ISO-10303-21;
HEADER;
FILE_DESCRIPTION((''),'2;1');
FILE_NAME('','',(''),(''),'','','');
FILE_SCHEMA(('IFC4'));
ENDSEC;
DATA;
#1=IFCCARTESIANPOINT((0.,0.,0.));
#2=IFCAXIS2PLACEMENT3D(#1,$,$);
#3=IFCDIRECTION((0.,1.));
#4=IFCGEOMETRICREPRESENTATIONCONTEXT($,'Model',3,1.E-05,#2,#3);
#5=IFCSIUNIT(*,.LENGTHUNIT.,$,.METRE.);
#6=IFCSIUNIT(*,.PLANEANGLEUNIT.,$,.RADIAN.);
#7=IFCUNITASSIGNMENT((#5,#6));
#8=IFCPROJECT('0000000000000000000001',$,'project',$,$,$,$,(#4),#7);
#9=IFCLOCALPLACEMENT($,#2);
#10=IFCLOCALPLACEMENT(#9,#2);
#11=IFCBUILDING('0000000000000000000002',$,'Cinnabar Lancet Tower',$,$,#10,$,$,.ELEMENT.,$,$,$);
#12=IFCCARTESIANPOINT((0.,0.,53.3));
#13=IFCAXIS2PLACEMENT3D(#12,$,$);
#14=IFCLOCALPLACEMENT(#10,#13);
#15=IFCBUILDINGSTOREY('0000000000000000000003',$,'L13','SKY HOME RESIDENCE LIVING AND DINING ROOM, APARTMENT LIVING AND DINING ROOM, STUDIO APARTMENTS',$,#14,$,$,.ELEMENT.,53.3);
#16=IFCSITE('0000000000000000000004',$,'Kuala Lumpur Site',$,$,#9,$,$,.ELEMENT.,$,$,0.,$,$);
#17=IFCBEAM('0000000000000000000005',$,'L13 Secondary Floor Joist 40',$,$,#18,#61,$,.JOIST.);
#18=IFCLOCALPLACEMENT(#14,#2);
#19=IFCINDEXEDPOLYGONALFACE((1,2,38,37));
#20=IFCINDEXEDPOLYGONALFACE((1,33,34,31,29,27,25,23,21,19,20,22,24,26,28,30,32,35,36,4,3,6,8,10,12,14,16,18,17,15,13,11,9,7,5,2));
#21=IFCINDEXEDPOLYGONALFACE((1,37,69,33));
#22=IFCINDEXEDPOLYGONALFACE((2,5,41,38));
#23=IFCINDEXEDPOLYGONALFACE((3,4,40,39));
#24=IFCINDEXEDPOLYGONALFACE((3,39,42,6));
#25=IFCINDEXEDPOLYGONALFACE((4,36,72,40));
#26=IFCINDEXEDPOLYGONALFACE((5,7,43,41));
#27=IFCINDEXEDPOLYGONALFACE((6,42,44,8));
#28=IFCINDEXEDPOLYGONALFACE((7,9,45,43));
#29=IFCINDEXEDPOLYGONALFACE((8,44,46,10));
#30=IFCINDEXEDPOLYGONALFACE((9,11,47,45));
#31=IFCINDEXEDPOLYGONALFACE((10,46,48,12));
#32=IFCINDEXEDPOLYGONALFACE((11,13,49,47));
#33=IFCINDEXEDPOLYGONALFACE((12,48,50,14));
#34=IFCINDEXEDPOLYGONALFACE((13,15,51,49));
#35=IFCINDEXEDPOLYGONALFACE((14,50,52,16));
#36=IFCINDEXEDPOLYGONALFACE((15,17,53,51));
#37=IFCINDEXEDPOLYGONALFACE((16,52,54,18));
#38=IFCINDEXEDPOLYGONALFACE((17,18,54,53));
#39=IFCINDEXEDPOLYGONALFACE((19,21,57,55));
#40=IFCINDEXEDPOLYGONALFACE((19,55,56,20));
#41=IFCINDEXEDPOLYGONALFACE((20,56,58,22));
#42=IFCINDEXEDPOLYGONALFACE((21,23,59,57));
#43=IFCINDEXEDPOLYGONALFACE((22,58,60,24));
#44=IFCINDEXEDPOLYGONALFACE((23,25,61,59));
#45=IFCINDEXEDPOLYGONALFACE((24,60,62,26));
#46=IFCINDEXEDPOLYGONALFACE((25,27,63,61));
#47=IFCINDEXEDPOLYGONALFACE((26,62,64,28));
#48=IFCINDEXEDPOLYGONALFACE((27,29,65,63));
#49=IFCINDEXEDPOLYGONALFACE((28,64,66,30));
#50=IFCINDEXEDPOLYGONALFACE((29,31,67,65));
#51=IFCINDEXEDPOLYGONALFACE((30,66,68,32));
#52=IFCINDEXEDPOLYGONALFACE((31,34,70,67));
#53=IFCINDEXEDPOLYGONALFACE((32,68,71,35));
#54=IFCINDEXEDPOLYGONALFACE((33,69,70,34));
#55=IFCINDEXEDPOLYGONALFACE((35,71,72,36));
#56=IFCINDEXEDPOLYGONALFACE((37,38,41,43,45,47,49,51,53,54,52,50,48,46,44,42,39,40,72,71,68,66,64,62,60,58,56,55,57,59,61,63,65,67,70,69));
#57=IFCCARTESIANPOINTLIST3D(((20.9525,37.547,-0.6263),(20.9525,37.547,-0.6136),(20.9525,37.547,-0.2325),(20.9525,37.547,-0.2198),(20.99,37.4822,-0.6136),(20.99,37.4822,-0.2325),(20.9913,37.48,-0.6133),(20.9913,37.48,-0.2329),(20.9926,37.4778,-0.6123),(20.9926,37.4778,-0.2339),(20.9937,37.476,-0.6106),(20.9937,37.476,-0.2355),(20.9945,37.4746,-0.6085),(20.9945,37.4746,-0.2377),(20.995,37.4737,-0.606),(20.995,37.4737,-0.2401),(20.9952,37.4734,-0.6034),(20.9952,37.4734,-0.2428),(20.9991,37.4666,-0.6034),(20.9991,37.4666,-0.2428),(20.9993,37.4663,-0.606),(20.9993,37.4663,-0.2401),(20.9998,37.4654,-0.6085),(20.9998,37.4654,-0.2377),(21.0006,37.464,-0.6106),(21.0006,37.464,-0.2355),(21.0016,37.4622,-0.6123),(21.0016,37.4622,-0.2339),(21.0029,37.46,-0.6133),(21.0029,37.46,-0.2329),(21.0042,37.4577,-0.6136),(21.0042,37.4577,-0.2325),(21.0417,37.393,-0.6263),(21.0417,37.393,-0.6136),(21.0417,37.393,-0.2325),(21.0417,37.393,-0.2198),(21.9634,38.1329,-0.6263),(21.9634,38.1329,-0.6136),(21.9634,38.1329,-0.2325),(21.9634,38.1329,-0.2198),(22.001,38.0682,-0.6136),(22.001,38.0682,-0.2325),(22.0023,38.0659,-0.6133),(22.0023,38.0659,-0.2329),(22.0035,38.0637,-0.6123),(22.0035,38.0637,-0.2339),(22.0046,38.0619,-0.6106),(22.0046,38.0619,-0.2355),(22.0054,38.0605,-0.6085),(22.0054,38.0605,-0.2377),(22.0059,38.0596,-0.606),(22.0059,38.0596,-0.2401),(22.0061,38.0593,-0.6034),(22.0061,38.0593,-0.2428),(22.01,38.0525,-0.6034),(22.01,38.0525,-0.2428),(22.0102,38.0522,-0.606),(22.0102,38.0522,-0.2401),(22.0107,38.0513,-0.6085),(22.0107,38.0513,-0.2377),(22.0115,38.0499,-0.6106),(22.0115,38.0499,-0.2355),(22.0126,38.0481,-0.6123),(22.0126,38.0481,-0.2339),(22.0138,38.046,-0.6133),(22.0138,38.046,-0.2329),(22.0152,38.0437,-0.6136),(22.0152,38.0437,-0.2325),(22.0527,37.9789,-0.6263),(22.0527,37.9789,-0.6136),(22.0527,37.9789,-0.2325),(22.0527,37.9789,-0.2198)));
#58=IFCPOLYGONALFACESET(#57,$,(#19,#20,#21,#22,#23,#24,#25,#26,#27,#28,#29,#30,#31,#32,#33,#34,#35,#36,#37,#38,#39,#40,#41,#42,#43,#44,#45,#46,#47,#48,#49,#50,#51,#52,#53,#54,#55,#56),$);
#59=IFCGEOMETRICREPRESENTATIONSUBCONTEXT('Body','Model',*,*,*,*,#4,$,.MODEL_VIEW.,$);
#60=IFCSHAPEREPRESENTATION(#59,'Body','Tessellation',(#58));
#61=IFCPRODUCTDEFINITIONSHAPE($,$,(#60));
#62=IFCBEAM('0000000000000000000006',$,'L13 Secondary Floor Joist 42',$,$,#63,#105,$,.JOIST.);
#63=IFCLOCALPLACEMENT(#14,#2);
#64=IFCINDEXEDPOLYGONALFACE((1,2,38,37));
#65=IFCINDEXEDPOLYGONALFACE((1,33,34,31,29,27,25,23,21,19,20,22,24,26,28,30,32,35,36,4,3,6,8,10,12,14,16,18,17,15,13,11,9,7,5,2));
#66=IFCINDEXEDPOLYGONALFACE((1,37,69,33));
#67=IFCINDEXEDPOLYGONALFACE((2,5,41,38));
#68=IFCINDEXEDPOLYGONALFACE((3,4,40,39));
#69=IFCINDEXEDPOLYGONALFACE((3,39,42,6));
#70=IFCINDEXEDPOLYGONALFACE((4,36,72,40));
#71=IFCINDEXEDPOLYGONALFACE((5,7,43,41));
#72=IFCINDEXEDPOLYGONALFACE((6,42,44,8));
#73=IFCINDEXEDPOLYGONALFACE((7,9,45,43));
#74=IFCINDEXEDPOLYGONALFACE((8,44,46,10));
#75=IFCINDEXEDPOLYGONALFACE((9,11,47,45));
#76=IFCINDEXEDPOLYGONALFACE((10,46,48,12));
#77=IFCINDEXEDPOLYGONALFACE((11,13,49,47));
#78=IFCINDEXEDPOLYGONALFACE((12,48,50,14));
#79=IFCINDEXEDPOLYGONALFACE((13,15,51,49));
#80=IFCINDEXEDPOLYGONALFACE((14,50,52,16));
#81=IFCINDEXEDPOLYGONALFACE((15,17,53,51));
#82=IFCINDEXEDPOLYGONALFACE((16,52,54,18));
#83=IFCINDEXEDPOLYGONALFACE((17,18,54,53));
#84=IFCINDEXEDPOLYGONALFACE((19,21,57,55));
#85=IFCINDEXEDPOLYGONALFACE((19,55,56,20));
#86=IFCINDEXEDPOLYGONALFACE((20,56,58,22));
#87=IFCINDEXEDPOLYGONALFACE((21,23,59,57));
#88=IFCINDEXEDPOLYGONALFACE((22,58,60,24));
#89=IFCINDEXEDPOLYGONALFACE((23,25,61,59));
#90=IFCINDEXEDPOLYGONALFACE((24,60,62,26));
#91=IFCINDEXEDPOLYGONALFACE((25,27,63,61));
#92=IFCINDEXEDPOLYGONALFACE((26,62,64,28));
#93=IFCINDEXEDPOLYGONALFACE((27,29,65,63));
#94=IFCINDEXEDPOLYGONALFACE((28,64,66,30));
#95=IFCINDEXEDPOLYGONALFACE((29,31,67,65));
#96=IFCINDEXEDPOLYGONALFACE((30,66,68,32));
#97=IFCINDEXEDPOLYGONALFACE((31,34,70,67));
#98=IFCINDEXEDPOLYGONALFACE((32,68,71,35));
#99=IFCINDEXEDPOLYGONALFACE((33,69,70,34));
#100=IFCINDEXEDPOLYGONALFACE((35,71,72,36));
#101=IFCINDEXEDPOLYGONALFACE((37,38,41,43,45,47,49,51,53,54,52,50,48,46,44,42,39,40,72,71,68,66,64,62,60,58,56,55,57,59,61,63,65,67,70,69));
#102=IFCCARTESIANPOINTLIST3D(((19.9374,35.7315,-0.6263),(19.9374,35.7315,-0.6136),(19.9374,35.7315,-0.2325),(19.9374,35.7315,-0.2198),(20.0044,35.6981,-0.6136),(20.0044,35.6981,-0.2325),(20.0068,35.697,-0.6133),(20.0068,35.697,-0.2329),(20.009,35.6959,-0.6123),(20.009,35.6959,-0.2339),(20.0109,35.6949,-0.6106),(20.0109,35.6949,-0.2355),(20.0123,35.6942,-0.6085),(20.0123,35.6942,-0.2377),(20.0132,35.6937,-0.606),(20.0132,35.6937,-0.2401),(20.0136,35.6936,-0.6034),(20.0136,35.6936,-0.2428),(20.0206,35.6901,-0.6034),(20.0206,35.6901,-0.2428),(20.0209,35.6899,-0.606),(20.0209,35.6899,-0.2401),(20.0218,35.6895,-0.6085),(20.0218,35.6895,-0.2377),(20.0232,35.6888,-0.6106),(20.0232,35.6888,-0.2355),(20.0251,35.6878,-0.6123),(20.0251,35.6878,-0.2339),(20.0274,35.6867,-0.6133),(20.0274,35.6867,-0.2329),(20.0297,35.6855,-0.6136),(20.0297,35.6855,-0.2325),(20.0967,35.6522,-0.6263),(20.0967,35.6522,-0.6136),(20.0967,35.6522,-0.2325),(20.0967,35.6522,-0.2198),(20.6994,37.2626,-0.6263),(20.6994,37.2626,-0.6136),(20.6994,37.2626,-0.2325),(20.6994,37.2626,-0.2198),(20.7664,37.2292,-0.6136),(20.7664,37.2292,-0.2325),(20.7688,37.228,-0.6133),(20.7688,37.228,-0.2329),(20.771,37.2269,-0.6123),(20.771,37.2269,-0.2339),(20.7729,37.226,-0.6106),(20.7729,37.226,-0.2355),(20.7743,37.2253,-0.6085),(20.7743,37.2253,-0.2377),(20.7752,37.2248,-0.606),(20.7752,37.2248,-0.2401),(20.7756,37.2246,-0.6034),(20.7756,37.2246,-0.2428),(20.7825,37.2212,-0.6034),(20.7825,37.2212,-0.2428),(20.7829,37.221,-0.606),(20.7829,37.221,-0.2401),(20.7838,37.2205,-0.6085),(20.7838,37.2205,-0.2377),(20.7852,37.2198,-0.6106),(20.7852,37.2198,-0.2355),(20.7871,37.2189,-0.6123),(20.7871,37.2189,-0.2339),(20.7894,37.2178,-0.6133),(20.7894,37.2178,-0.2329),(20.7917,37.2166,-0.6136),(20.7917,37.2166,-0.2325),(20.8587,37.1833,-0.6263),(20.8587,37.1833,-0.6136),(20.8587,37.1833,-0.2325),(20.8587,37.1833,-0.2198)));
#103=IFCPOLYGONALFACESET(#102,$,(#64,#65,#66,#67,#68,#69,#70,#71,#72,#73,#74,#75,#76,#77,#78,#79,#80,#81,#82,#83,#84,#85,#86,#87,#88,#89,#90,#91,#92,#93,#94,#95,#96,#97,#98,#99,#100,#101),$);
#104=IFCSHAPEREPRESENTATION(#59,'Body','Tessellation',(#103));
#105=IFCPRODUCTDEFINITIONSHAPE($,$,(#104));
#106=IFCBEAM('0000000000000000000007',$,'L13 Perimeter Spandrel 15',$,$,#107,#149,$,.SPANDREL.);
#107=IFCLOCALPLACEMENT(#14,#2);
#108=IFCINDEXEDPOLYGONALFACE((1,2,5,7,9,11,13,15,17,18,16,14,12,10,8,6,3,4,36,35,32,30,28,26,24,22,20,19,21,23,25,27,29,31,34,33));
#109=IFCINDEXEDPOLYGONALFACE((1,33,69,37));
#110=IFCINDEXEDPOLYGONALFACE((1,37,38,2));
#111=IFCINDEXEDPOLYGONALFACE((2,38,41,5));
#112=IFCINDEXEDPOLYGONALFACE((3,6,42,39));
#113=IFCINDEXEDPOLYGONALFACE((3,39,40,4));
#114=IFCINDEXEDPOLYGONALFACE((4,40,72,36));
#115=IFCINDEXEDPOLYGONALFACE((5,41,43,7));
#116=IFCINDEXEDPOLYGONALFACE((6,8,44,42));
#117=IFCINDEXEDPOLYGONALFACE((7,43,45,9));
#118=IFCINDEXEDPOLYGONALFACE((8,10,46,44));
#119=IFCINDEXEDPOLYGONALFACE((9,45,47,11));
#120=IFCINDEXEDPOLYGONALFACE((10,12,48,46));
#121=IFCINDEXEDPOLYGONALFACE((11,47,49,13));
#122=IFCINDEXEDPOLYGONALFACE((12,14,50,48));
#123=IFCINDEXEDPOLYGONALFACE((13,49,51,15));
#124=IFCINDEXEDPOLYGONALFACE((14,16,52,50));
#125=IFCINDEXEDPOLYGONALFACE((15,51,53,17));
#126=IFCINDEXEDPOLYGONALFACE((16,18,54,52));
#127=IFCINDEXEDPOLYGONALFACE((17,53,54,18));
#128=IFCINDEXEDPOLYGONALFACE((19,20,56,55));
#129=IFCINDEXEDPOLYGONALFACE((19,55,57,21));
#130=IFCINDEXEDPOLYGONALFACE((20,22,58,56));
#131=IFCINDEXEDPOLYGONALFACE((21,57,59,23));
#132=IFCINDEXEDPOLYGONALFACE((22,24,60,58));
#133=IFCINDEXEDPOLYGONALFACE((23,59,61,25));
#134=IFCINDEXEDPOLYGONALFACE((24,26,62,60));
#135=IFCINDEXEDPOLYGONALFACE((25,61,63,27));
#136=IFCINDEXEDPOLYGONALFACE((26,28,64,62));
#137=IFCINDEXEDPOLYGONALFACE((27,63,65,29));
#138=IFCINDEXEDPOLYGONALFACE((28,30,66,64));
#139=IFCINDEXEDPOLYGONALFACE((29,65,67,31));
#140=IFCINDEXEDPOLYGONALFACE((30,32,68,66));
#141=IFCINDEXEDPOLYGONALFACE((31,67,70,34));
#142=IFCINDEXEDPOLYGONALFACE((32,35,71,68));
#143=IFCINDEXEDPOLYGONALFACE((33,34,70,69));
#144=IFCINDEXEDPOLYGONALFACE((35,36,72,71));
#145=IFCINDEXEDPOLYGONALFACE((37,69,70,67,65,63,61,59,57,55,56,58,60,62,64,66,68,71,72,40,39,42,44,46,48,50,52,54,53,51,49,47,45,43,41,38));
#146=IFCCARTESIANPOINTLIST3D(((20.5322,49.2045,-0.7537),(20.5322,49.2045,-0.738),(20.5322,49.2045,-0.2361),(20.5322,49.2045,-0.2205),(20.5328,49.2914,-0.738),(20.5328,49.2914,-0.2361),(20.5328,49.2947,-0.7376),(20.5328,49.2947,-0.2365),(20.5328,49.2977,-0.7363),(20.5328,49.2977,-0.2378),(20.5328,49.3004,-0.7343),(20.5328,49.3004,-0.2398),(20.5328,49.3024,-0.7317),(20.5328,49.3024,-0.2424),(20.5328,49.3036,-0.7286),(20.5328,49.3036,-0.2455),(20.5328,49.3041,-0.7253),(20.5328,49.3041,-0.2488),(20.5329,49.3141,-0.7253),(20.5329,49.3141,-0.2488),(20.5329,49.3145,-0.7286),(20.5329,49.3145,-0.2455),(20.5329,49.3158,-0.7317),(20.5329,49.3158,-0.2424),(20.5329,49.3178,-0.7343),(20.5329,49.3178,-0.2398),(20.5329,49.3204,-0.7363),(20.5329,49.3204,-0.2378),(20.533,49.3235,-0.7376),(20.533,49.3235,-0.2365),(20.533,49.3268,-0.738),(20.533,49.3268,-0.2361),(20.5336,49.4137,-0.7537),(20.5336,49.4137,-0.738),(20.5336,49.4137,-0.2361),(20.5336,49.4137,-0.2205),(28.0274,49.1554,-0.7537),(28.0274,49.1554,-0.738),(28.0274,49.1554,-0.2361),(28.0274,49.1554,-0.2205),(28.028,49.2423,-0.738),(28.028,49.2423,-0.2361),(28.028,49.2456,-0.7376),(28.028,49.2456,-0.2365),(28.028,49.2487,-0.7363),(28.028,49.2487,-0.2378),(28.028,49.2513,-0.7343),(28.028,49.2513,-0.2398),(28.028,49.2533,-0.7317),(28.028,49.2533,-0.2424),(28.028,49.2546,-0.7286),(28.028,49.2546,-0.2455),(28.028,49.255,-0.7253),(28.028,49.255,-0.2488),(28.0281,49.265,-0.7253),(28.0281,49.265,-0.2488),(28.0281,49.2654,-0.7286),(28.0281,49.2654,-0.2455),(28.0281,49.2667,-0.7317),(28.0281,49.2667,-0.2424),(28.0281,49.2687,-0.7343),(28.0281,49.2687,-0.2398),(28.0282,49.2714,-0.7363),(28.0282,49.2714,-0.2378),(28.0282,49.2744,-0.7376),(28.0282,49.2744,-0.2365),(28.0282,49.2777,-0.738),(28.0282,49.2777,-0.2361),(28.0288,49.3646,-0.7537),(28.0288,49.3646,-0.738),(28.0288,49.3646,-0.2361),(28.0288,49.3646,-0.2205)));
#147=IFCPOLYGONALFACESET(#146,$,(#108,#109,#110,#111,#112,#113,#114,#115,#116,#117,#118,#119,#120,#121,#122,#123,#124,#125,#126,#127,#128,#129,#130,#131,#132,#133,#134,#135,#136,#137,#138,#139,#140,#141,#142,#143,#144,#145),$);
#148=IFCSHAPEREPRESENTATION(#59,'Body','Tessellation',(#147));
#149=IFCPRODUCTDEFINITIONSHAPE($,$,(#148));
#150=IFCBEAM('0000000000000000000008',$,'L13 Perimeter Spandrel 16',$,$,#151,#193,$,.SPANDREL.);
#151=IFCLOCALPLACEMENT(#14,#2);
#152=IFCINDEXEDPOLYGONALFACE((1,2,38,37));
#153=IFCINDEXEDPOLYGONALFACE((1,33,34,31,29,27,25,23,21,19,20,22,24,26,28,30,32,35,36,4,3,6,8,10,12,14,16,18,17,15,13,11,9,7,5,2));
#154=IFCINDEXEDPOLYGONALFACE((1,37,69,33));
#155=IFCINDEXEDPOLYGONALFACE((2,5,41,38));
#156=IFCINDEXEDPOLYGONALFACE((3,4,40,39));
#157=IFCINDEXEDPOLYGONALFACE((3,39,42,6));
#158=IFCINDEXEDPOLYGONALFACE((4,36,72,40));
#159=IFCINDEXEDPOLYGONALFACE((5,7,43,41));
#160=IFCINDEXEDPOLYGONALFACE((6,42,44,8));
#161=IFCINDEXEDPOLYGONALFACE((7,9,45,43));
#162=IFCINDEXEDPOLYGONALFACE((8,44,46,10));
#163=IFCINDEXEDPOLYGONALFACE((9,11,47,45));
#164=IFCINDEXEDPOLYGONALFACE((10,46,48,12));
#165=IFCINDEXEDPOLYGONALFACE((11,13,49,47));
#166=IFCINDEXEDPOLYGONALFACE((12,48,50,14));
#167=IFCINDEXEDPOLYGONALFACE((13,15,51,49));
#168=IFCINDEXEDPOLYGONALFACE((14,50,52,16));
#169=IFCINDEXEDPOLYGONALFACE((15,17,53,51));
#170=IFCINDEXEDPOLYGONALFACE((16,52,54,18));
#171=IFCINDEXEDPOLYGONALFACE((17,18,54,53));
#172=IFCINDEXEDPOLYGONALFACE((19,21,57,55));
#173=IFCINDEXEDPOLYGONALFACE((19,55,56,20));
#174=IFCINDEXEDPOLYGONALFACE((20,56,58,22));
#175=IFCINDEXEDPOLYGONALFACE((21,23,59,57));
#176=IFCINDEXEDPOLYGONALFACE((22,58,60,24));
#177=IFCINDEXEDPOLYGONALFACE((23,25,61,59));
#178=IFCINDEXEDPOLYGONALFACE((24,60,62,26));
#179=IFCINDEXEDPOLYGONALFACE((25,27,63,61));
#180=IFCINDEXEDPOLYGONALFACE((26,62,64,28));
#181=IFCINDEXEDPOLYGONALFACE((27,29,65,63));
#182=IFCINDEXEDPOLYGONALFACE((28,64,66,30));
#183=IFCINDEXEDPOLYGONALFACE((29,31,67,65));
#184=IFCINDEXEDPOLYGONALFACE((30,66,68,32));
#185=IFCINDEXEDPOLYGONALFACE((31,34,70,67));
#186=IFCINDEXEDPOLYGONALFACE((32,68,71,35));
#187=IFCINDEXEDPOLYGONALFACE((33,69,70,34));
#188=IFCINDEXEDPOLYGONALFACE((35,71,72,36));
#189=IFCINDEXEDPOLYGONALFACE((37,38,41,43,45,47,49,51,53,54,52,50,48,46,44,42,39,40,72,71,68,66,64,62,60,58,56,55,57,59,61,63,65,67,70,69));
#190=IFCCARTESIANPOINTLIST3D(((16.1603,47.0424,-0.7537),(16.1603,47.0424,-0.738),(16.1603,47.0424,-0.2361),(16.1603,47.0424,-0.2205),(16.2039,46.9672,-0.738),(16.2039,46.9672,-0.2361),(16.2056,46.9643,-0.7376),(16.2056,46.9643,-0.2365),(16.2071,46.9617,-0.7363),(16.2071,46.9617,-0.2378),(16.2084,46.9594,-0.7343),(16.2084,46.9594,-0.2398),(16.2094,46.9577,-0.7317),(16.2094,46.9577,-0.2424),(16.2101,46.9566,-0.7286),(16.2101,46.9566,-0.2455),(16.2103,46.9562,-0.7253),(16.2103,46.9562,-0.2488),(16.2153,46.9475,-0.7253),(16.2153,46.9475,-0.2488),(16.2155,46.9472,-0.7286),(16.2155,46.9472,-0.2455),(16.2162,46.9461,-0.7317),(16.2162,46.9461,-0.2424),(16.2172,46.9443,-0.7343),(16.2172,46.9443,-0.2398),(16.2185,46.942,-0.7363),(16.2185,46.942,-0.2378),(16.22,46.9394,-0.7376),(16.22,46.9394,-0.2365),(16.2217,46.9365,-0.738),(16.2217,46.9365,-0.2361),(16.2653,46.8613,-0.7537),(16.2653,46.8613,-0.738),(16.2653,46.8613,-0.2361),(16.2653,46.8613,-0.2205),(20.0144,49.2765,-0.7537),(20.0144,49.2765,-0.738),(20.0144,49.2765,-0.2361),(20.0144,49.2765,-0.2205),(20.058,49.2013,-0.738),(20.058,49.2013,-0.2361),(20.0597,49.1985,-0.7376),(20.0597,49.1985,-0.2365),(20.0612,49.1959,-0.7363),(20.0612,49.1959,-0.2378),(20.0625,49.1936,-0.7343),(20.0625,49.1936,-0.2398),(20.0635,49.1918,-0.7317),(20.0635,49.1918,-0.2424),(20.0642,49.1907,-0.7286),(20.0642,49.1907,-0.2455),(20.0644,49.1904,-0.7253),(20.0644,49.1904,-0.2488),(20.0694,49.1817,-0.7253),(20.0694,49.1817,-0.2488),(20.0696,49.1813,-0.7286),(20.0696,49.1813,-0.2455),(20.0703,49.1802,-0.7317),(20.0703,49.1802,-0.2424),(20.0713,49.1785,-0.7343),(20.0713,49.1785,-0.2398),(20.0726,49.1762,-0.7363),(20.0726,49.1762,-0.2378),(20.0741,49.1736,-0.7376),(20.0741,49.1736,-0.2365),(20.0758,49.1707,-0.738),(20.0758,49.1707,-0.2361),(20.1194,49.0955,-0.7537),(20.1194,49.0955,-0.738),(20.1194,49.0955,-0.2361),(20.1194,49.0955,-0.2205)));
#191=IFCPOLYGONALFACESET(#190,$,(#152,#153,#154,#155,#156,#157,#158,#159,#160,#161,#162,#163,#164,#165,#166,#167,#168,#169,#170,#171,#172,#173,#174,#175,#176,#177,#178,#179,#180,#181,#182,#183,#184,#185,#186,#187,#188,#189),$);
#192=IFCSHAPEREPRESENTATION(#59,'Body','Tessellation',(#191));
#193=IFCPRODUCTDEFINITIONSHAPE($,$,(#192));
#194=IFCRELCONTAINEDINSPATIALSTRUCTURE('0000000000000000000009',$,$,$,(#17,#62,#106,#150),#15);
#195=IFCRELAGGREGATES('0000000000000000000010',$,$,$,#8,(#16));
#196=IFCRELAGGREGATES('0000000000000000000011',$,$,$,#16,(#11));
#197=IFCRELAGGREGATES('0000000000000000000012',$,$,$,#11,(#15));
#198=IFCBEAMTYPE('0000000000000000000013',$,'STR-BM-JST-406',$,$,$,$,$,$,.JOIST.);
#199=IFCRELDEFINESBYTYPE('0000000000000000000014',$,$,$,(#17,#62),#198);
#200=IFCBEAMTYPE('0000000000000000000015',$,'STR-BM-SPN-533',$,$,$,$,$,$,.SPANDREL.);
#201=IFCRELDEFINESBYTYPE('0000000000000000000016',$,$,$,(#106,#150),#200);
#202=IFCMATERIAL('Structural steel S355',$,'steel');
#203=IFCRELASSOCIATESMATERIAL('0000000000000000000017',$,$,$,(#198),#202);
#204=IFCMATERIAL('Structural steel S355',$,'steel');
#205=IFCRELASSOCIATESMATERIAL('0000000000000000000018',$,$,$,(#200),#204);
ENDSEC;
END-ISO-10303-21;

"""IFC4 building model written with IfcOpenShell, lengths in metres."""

from ifc_helpers import new_model, si_unit, direction, frame, origin, origin_2d, place, context, subcontext, project, spatial, i_section, extrude, material, material_profile, profile_set, type_object, element, save


model = new_model("IFC4")

# Units and contexts
model_context = context("Model", 3, precision=1e-05, world=origin(), true_north=direction((0.0, 1.0)))
body_context = subcontext(model_context, "Body", "Model", "MODEL_VIEW")
ifc_project = project(units=[si_unit("LENGTHUNIT", "METRE"), si_unit("PLANEANGLEUNIT", "RADIAN")], contexts=[model_context])

# Site, building, storey
site_placement = place(None, origin())
site = spatial("IfcSite", under=ifc_project, at=site_placement, Name="Kuala Lumpur Site", CompositionType="ELEMENT", RefElevation=0.0)
building_placement = place(site_placement, origin())
building = spatial("IfcBuilding", under=site, at=building_placement, Name="Cinnabar Lancet Tower", CompositionType="ELEMENT")
storey_placement = place(building_placement, frame((0.0, 0.0, 53.3)))
storey = spatial("IfcBuildingStorey", under=building, at=storey_placement, Name="L13", Description="SKY HOME RESIDENCE LIVING AND DINING ROOM, APARTMENT LIVING AND DINING ROOM, STUDIO APARTMENTS", CompositionType="ELEMENT", Elevation=53.3)

# Beams
ifc_material_1 = material(Name="Structural steel S355", Category="steel")
ifc_material_profile_1 = material_profile(ifc_material_1, i_section(OverallWidth=0.178, OverallDepth=0.4065, WebThickness=0.0078, FlangeThickness=0.0127, FilletRadius=0.0103, at=origin_2d()), Name="UKB 406x178x60")
ifc_profile_set_1 = profile_set([ifc_material_profile_1], Name="Structural steel S355")
beam_type_1 = type_object("IfcBeamType", Name="STR-BM-JST-406", PredefinedType="JOIST", material=ifc_profile_set_1)
beam_1_placement = place(storey_placement, frame((22.0081, 38.0559, -0.4231), z_axis=(-0.865193, -0.50144, 0.0), x_axis=(0.50144, -0.865193, 0.0)))
element("IfcBeam", 1, at=beam_1_placement, inside=storey, type_object=beam_type_1, Name="L13 Secondary Floor Joist 40", PredefinedType="JOIST", context=body_context, shape_type="SweptSolid", body=[
    extrude(i_section(OverallWidth=0.178, OverallDepth=0.4065, WebThickness=0.0078, FlangeThickness=0.0127, FilletRadius=0.0103, at=origin_2d()), origin(), (0.0, 0.0, 1.0), 1.1685),
])
beam_2_placement = place(storey_placement, frame((20.7791, 37.2229, -0.4231), z_axis=(-0.445557, -0.895254, 0.0), x_axis=(0.895254, -0.445557, 0.0)))
element("IfcBeam", 2, at=beam_2_placement, inside=storey, type_object=beam_type_1, Name="L13 Secondary Floor Joist 42", PredefinedType="JOIST", context=body_context, shape_type="SweptSolid", body=[
    extrude(i_section(OverallWidth=0.178, OverallDepth=0.4065, WebThickness=0.0078, FlangeThickness=0.0127, FilletRadius=0.0103, at=origin_2d()), origin(), (0.0, 0.0, 1.0), 1.7102),
])
ifc_material_2 = material(Name="Structural steel S355", Category="steel")
ifc_material_profile_2 = material_profile(ifc_material_2, i_section(OverallWidth=0.2092, OverallDepth=0.5332, WebThickness=0.01, FlangeThickness=0.0156, FilletRadius=0.0127, at=origin_2d()), Name="UKB 533x210x92")
ifc_profile_set_2 = profile_set([ifc_material_profile_2], Name="Structural steel S355")
beam_type_2 = type_object("IfcBeamType", Name="STR-BM-SPN-533", PredefinedType="SPANDREL", material=ifc_profile_set_2)
beam_3_placement = place(storey_placement, frame((28.0281, 49.26, -0.4871), z_axis=(-0.999979, 0.006547, 0.0), x_axis=(-0.006547, -0.999979, 0.0)))
element("IfcBeam", 3, at=beam_3_placement, inside=storey, type_object=beam_type_2, Name="L13 Perimeter Spandrel 15", PredefinedType="SPANDREL", context=body_context, shape_type="SweptSolid", body=[
    extrude(i_section(OverallWidth=0.2092, OverallDepth=0.5332, WebThickness=0.01, FlangeThickness=0.0156, FilletRadius=0.0127, at=origin_2d()), origin(), (0.0, 0.0, 1.0), 7.4954),
])
beam_4_placement = place(storey_placement, frame((20.0669, 49.186, -0.4871), z_axis=(-0.865147, -0.501518, 0.0), x_axis=(0.501518, -0.865147, 0.0)))
element("IfcBeam", 4, at=beam_4_placement, inside=storey, type_object=beam_type_2, Name="L13 Perimeter Spandrel 16", PredefinedType="SPANDREL", context=body_context, shape_type="SweptSolid", body=[
    extrude(i_section(OverallWidth=0.2092, OverallDepth=0.5332, WebThickness=0.01, FlangeThickness=0.0156, FilletRadius=0.0127, at=origin_2d()), origin(), (0.0, 0.0, 1.0), 4.4548),
])

save(model, "model.ifc")
